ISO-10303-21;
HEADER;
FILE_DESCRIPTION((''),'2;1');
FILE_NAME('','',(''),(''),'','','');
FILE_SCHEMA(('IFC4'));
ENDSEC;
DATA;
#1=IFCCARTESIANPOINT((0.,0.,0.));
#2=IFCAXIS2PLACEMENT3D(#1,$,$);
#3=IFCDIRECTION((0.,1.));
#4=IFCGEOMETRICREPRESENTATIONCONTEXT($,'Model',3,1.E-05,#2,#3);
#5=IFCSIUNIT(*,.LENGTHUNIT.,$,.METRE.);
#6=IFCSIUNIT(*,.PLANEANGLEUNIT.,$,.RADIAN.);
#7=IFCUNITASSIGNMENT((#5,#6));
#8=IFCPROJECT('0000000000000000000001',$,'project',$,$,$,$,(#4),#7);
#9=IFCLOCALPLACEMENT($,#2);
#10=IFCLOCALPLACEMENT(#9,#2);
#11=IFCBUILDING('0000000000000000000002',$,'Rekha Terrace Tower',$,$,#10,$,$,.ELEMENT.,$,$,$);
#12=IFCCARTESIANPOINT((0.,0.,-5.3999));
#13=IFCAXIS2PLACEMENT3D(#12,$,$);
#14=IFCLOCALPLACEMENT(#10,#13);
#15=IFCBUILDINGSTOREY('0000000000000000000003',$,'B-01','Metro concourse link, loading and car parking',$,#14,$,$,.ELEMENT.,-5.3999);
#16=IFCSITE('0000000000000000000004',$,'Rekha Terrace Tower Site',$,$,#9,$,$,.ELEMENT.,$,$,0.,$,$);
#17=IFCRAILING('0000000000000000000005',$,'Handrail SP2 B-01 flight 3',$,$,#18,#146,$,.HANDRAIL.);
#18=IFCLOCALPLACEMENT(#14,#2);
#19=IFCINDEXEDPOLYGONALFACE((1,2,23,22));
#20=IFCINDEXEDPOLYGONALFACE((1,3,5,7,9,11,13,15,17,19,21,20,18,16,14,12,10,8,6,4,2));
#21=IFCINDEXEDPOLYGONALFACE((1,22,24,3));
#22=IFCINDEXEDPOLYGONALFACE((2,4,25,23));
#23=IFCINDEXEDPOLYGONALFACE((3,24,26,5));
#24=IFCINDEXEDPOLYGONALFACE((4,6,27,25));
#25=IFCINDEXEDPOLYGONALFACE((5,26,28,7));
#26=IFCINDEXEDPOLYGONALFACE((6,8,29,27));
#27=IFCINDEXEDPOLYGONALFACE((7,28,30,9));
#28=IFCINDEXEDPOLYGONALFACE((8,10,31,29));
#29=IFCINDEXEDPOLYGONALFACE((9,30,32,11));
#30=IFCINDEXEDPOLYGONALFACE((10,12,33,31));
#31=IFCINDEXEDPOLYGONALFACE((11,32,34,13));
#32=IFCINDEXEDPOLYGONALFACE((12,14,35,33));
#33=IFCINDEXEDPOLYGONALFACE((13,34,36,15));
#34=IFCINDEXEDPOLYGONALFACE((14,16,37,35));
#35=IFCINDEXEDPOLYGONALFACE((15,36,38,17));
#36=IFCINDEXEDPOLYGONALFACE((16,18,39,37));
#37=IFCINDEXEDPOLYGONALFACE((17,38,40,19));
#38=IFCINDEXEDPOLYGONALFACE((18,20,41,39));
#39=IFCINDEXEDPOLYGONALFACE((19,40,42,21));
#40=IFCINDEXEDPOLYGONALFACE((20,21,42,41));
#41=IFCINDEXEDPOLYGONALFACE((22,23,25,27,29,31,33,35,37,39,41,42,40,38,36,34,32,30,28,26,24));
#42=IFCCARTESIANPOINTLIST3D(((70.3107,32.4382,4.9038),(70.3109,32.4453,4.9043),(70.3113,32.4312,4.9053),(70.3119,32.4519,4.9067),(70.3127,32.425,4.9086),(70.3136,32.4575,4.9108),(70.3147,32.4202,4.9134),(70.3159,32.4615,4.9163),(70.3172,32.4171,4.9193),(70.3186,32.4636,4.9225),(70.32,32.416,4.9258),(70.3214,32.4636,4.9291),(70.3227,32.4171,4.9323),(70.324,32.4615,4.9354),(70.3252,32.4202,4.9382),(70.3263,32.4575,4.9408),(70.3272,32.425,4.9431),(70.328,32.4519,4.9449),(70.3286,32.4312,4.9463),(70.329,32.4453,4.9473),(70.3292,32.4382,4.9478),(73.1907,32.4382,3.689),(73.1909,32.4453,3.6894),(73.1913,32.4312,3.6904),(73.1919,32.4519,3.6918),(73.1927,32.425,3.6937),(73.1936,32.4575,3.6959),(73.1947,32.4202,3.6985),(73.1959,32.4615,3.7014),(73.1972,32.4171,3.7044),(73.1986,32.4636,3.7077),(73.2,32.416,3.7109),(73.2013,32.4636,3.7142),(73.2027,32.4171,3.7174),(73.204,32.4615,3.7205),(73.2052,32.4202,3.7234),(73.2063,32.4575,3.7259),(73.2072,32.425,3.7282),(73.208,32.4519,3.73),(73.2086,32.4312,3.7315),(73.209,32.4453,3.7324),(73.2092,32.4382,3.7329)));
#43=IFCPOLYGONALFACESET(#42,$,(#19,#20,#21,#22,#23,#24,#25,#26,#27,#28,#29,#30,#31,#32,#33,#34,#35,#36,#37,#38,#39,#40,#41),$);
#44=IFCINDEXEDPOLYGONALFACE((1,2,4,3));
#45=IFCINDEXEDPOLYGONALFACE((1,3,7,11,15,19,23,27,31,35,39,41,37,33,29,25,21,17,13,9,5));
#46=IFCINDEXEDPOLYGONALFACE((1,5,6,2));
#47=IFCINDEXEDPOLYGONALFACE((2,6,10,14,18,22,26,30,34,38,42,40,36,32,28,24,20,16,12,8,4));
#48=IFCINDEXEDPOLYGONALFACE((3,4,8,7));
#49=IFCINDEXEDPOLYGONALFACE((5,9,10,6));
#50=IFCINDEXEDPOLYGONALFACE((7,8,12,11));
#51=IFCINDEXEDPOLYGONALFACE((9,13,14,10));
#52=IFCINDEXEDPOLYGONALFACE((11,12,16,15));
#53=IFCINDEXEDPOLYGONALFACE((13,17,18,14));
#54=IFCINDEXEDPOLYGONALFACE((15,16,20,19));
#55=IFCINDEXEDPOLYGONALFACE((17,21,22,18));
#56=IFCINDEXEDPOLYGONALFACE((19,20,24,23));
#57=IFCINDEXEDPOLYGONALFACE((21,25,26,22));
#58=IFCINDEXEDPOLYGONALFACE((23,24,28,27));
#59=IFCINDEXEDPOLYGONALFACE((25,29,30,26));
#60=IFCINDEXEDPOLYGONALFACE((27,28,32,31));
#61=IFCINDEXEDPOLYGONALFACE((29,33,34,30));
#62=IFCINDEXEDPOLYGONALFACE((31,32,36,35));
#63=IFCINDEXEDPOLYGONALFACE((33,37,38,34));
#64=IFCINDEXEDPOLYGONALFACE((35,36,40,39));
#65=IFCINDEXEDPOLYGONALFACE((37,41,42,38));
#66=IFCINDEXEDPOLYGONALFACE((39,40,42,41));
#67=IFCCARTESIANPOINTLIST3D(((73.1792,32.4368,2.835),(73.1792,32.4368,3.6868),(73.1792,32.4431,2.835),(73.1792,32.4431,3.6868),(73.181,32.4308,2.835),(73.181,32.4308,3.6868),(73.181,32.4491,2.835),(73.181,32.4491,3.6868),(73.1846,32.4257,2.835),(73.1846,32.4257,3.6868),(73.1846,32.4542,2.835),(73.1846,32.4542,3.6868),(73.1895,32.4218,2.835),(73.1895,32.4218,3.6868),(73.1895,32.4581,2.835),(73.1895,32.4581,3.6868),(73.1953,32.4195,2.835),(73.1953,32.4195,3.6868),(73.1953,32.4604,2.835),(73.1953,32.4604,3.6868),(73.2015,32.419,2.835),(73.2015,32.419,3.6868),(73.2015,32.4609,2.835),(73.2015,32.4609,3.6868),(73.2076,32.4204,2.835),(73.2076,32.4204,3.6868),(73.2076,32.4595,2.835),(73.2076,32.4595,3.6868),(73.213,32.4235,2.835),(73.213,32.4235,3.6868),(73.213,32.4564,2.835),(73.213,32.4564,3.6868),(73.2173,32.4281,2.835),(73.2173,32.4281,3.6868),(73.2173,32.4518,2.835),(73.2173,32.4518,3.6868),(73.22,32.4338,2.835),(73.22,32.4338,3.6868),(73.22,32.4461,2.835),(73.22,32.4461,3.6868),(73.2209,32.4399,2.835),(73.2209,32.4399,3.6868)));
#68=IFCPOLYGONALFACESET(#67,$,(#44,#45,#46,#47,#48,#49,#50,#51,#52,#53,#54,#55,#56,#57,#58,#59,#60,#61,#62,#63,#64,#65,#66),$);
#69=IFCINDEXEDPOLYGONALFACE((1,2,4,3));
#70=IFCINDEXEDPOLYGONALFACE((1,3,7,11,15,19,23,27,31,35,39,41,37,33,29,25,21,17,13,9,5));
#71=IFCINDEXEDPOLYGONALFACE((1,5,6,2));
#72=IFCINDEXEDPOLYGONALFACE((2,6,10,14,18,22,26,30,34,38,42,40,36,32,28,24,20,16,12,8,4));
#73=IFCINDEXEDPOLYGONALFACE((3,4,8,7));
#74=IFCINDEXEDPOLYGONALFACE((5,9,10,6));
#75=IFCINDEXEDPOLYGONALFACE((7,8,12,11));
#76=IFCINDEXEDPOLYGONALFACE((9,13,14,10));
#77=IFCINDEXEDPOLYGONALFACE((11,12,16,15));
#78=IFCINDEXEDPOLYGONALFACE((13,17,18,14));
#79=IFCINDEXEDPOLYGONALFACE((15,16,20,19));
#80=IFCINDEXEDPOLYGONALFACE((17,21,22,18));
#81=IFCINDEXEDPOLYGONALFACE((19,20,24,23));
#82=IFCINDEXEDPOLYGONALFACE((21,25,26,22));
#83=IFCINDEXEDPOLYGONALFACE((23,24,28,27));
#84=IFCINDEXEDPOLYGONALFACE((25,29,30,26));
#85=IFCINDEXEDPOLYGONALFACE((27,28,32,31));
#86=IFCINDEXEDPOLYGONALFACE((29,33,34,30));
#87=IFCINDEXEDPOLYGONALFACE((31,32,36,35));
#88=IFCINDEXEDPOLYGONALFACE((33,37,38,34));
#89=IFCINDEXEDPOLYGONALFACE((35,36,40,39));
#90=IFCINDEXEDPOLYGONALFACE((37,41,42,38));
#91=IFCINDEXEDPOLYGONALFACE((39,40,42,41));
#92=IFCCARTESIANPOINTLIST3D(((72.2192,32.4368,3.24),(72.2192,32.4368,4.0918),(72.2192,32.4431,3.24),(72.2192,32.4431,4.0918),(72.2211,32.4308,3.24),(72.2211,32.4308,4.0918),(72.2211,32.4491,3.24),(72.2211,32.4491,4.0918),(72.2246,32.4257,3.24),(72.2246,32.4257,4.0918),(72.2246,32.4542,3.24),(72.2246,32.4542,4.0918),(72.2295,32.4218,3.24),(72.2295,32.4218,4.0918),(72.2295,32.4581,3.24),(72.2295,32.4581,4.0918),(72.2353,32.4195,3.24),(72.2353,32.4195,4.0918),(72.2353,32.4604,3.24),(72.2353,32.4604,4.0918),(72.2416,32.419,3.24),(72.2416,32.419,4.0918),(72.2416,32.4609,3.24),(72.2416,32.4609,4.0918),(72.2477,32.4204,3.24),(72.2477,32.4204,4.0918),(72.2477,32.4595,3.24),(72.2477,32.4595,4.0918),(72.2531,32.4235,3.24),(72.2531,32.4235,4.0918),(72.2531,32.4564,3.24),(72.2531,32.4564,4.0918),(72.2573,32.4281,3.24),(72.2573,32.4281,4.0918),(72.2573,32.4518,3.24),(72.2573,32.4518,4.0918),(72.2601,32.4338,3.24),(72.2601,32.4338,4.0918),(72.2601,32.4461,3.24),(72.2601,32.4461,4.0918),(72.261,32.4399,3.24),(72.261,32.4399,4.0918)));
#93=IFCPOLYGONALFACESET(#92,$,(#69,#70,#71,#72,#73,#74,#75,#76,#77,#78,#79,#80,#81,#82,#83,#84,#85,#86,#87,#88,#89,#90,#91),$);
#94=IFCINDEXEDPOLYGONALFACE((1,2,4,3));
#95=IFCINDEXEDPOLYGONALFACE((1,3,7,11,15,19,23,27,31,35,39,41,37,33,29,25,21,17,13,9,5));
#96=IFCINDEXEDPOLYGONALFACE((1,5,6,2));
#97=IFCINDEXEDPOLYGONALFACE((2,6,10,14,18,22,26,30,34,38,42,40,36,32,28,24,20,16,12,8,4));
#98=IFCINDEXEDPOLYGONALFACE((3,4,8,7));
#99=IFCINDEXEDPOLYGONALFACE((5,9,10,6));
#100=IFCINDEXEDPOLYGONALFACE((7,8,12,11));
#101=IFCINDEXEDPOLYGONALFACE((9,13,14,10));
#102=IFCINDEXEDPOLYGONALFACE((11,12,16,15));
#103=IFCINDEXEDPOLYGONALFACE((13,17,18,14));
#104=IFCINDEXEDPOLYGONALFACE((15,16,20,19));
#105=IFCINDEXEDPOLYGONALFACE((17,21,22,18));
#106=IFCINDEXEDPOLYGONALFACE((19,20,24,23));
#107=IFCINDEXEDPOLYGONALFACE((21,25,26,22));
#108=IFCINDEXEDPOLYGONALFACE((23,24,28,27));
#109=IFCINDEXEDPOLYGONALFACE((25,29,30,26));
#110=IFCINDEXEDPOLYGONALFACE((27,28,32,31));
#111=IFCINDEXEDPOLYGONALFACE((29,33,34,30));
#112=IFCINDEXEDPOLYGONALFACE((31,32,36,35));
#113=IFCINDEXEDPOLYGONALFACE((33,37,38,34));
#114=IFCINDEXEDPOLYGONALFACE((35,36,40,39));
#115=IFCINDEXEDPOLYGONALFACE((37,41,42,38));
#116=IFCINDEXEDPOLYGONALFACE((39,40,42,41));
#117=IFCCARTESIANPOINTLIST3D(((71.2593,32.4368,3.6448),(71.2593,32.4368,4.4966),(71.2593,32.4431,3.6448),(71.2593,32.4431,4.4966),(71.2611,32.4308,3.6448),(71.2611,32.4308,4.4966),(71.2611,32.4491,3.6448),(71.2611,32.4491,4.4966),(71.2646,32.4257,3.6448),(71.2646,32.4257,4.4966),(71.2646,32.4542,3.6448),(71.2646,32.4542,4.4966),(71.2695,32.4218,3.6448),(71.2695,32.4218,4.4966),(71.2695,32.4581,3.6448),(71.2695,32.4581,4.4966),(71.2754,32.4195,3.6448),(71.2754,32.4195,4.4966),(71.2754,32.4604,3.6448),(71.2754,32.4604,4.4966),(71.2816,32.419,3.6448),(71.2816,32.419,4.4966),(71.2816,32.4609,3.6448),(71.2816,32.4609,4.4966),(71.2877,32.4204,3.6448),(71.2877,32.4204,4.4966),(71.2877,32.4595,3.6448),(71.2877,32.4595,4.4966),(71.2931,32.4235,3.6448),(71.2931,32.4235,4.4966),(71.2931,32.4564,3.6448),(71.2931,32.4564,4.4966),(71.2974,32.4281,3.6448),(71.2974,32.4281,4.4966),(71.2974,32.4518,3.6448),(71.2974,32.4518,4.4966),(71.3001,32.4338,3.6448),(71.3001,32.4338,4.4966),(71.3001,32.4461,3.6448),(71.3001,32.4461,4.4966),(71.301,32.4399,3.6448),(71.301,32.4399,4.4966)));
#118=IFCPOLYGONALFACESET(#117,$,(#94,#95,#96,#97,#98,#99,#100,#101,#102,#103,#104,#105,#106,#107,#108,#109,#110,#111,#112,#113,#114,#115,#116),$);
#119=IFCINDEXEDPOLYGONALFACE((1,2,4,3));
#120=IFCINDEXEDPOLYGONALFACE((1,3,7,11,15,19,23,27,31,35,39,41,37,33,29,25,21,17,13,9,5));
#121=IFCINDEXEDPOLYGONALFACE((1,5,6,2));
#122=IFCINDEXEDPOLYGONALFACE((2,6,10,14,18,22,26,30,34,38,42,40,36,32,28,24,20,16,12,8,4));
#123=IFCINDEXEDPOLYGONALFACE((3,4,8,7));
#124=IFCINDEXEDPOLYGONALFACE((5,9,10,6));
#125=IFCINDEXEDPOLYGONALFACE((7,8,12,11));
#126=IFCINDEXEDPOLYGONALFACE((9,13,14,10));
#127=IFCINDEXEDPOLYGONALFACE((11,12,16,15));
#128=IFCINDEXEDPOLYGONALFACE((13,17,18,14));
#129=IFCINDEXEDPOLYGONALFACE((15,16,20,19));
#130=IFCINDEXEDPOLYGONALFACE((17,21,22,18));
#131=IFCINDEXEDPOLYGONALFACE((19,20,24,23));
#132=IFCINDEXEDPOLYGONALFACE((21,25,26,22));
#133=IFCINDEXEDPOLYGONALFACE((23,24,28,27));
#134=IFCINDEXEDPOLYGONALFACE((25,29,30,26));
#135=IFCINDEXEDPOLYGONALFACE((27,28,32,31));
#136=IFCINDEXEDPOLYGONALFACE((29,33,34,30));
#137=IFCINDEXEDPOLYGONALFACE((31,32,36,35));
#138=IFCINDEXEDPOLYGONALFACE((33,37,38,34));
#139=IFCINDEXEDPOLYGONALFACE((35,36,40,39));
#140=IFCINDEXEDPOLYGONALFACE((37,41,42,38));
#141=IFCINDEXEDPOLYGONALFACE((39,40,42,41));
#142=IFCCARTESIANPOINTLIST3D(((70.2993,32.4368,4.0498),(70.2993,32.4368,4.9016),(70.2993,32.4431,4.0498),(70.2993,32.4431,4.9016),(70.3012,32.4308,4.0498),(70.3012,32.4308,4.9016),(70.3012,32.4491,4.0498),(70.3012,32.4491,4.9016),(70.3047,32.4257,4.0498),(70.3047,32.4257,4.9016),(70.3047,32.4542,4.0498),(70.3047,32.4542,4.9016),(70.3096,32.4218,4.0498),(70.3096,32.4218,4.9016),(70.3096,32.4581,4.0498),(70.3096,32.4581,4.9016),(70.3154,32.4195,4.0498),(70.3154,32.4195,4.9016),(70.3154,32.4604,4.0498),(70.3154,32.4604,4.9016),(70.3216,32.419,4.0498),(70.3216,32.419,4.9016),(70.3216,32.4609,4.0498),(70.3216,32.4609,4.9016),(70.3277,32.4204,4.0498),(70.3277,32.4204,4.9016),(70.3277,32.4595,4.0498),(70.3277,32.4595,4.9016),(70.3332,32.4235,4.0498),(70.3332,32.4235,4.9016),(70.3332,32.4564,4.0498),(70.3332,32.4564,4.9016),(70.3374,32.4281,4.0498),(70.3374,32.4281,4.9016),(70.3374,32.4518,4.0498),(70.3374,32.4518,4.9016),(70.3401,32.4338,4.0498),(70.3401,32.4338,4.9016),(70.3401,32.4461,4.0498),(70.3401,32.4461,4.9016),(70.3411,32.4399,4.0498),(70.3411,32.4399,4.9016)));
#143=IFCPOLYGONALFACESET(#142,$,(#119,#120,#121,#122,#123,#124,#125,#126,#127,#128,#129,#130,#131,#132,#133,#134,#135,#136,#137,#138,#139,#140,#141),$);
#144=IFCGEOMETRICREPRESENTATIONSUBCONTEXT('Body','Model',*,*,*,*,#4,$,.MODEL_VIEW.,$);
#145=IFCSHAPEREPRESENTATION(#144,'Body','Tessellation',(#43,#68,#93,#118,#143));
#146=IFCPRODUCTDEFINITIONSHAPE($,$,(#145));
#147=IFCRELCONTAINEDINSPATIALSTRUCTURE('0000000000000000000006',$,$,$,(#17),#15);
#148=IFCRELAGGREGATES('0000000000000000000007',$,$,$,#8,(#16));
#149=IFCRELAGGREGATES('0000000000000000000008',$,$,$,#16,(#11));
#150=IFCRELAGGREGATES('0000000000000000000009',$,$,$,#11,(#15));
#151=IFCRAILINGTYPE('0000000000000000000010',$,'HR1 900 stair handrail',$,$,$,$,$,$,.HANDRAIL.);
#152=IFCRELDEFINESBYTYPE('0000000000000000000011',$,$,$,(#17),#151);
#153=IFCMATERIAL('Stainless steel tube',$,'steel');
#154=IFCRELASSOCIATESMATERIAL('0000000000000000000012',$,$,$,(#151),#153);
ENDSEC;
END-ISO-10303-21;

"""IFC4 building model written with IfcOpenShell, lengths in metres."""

from ifc_helpers import new_model, si_unit, direction, frame, origin, origin_2d, place, context, subcontext, project, spatial, circle, extrude, material, type_object, element, save


model = new_model("IFC4")

# Units and contexts
model_context = context("Model", 3, precision=1e-05, world=origin(), true_north=direction((0.0, 1.0)))
body_context = subcontext(model_context, "Body", "Model", "MODEL_VIEW")
ifc_project = project(units=[si_unit("LENGTHUNIT", "METRE"), si_unit("PLANEANGLEUNIT", "RADIAN")], contexts=[model_context])

# Site, building, storey
site_placement = place(None, origin())
site = spatial("IfcSite", under=ifc_project, at=site_placement, Name="Rekha Terrace Tower Site", CompositionType="ELEMENT", RefElevation=0.0)
building_placement = place(site_placement, origin())
building = spatial("IfcBuilding", under=site, at=building_placement, Name="Rekha Terrace Tower", CompositionType="ELEMENT")
storey_placement = place(building_placement, frame((0.0, 0.0, -5.3999)))
storey = spatial("IfcBuildingStorey", under=building, at=storey_placement, Name="B-01", Description="Metro concourse link, loading and car parking", CompositionType="ELEMENT", Elevation=-5.3999)

# Railing
ifc_material_1 = material(Name="Stainless steel tube", Category="steel")
railing_type_1 = type_object("IfcRailingType", Name="HR1 900 stair handrail", PredefinedType="HANDRAIL", material=ifc_material_1)
railing_1_placement = place(storey_placement, frame((73.2, 32.4399, 2.835)))
element("IfcRailing", 1, at=railing_1_placement, inside=storey, type_object=railing_type_1, Name="Handrail SP2 B-01 flight 3", PredefinedType="HANDRAIL", context=body_context, shape_type="SweptSolid", body=[
    extrude(circle(Radius=0.0239, at=origin_2d()), frame((0.0, 0.0, 0.876), z_axis=(-0.921376, 0.0, 0.388671), x_axis=(0.0, -1.0, 0.0)), (0.0, 0.0, 1.0), 3.1257),
    extrude(circle(Radius=0.021, at=origin_2d()), origin(), (0.0, 0.0, 1.0), 0.8518),
    extrude(circle(Radius=0.021, at=origin_2d()), frame((-0.96, 0.0, 0.405)), (0.0, 0.0, 1.0), 0.8518),
    extrude(circle(Radius=0.021, at=origin_2d()), frame((-1.9199, 0.0, 0.8098)), (0.0, 0.0, 1.0), 0.8518),
    extrude(circle(Radius=0.021, at=origin_2d()), frame((-2.8799, 0.0, 1.2148)), (0.0, 0.0, 1.0), 0.8518),
])

save(model, "model.ifc")
